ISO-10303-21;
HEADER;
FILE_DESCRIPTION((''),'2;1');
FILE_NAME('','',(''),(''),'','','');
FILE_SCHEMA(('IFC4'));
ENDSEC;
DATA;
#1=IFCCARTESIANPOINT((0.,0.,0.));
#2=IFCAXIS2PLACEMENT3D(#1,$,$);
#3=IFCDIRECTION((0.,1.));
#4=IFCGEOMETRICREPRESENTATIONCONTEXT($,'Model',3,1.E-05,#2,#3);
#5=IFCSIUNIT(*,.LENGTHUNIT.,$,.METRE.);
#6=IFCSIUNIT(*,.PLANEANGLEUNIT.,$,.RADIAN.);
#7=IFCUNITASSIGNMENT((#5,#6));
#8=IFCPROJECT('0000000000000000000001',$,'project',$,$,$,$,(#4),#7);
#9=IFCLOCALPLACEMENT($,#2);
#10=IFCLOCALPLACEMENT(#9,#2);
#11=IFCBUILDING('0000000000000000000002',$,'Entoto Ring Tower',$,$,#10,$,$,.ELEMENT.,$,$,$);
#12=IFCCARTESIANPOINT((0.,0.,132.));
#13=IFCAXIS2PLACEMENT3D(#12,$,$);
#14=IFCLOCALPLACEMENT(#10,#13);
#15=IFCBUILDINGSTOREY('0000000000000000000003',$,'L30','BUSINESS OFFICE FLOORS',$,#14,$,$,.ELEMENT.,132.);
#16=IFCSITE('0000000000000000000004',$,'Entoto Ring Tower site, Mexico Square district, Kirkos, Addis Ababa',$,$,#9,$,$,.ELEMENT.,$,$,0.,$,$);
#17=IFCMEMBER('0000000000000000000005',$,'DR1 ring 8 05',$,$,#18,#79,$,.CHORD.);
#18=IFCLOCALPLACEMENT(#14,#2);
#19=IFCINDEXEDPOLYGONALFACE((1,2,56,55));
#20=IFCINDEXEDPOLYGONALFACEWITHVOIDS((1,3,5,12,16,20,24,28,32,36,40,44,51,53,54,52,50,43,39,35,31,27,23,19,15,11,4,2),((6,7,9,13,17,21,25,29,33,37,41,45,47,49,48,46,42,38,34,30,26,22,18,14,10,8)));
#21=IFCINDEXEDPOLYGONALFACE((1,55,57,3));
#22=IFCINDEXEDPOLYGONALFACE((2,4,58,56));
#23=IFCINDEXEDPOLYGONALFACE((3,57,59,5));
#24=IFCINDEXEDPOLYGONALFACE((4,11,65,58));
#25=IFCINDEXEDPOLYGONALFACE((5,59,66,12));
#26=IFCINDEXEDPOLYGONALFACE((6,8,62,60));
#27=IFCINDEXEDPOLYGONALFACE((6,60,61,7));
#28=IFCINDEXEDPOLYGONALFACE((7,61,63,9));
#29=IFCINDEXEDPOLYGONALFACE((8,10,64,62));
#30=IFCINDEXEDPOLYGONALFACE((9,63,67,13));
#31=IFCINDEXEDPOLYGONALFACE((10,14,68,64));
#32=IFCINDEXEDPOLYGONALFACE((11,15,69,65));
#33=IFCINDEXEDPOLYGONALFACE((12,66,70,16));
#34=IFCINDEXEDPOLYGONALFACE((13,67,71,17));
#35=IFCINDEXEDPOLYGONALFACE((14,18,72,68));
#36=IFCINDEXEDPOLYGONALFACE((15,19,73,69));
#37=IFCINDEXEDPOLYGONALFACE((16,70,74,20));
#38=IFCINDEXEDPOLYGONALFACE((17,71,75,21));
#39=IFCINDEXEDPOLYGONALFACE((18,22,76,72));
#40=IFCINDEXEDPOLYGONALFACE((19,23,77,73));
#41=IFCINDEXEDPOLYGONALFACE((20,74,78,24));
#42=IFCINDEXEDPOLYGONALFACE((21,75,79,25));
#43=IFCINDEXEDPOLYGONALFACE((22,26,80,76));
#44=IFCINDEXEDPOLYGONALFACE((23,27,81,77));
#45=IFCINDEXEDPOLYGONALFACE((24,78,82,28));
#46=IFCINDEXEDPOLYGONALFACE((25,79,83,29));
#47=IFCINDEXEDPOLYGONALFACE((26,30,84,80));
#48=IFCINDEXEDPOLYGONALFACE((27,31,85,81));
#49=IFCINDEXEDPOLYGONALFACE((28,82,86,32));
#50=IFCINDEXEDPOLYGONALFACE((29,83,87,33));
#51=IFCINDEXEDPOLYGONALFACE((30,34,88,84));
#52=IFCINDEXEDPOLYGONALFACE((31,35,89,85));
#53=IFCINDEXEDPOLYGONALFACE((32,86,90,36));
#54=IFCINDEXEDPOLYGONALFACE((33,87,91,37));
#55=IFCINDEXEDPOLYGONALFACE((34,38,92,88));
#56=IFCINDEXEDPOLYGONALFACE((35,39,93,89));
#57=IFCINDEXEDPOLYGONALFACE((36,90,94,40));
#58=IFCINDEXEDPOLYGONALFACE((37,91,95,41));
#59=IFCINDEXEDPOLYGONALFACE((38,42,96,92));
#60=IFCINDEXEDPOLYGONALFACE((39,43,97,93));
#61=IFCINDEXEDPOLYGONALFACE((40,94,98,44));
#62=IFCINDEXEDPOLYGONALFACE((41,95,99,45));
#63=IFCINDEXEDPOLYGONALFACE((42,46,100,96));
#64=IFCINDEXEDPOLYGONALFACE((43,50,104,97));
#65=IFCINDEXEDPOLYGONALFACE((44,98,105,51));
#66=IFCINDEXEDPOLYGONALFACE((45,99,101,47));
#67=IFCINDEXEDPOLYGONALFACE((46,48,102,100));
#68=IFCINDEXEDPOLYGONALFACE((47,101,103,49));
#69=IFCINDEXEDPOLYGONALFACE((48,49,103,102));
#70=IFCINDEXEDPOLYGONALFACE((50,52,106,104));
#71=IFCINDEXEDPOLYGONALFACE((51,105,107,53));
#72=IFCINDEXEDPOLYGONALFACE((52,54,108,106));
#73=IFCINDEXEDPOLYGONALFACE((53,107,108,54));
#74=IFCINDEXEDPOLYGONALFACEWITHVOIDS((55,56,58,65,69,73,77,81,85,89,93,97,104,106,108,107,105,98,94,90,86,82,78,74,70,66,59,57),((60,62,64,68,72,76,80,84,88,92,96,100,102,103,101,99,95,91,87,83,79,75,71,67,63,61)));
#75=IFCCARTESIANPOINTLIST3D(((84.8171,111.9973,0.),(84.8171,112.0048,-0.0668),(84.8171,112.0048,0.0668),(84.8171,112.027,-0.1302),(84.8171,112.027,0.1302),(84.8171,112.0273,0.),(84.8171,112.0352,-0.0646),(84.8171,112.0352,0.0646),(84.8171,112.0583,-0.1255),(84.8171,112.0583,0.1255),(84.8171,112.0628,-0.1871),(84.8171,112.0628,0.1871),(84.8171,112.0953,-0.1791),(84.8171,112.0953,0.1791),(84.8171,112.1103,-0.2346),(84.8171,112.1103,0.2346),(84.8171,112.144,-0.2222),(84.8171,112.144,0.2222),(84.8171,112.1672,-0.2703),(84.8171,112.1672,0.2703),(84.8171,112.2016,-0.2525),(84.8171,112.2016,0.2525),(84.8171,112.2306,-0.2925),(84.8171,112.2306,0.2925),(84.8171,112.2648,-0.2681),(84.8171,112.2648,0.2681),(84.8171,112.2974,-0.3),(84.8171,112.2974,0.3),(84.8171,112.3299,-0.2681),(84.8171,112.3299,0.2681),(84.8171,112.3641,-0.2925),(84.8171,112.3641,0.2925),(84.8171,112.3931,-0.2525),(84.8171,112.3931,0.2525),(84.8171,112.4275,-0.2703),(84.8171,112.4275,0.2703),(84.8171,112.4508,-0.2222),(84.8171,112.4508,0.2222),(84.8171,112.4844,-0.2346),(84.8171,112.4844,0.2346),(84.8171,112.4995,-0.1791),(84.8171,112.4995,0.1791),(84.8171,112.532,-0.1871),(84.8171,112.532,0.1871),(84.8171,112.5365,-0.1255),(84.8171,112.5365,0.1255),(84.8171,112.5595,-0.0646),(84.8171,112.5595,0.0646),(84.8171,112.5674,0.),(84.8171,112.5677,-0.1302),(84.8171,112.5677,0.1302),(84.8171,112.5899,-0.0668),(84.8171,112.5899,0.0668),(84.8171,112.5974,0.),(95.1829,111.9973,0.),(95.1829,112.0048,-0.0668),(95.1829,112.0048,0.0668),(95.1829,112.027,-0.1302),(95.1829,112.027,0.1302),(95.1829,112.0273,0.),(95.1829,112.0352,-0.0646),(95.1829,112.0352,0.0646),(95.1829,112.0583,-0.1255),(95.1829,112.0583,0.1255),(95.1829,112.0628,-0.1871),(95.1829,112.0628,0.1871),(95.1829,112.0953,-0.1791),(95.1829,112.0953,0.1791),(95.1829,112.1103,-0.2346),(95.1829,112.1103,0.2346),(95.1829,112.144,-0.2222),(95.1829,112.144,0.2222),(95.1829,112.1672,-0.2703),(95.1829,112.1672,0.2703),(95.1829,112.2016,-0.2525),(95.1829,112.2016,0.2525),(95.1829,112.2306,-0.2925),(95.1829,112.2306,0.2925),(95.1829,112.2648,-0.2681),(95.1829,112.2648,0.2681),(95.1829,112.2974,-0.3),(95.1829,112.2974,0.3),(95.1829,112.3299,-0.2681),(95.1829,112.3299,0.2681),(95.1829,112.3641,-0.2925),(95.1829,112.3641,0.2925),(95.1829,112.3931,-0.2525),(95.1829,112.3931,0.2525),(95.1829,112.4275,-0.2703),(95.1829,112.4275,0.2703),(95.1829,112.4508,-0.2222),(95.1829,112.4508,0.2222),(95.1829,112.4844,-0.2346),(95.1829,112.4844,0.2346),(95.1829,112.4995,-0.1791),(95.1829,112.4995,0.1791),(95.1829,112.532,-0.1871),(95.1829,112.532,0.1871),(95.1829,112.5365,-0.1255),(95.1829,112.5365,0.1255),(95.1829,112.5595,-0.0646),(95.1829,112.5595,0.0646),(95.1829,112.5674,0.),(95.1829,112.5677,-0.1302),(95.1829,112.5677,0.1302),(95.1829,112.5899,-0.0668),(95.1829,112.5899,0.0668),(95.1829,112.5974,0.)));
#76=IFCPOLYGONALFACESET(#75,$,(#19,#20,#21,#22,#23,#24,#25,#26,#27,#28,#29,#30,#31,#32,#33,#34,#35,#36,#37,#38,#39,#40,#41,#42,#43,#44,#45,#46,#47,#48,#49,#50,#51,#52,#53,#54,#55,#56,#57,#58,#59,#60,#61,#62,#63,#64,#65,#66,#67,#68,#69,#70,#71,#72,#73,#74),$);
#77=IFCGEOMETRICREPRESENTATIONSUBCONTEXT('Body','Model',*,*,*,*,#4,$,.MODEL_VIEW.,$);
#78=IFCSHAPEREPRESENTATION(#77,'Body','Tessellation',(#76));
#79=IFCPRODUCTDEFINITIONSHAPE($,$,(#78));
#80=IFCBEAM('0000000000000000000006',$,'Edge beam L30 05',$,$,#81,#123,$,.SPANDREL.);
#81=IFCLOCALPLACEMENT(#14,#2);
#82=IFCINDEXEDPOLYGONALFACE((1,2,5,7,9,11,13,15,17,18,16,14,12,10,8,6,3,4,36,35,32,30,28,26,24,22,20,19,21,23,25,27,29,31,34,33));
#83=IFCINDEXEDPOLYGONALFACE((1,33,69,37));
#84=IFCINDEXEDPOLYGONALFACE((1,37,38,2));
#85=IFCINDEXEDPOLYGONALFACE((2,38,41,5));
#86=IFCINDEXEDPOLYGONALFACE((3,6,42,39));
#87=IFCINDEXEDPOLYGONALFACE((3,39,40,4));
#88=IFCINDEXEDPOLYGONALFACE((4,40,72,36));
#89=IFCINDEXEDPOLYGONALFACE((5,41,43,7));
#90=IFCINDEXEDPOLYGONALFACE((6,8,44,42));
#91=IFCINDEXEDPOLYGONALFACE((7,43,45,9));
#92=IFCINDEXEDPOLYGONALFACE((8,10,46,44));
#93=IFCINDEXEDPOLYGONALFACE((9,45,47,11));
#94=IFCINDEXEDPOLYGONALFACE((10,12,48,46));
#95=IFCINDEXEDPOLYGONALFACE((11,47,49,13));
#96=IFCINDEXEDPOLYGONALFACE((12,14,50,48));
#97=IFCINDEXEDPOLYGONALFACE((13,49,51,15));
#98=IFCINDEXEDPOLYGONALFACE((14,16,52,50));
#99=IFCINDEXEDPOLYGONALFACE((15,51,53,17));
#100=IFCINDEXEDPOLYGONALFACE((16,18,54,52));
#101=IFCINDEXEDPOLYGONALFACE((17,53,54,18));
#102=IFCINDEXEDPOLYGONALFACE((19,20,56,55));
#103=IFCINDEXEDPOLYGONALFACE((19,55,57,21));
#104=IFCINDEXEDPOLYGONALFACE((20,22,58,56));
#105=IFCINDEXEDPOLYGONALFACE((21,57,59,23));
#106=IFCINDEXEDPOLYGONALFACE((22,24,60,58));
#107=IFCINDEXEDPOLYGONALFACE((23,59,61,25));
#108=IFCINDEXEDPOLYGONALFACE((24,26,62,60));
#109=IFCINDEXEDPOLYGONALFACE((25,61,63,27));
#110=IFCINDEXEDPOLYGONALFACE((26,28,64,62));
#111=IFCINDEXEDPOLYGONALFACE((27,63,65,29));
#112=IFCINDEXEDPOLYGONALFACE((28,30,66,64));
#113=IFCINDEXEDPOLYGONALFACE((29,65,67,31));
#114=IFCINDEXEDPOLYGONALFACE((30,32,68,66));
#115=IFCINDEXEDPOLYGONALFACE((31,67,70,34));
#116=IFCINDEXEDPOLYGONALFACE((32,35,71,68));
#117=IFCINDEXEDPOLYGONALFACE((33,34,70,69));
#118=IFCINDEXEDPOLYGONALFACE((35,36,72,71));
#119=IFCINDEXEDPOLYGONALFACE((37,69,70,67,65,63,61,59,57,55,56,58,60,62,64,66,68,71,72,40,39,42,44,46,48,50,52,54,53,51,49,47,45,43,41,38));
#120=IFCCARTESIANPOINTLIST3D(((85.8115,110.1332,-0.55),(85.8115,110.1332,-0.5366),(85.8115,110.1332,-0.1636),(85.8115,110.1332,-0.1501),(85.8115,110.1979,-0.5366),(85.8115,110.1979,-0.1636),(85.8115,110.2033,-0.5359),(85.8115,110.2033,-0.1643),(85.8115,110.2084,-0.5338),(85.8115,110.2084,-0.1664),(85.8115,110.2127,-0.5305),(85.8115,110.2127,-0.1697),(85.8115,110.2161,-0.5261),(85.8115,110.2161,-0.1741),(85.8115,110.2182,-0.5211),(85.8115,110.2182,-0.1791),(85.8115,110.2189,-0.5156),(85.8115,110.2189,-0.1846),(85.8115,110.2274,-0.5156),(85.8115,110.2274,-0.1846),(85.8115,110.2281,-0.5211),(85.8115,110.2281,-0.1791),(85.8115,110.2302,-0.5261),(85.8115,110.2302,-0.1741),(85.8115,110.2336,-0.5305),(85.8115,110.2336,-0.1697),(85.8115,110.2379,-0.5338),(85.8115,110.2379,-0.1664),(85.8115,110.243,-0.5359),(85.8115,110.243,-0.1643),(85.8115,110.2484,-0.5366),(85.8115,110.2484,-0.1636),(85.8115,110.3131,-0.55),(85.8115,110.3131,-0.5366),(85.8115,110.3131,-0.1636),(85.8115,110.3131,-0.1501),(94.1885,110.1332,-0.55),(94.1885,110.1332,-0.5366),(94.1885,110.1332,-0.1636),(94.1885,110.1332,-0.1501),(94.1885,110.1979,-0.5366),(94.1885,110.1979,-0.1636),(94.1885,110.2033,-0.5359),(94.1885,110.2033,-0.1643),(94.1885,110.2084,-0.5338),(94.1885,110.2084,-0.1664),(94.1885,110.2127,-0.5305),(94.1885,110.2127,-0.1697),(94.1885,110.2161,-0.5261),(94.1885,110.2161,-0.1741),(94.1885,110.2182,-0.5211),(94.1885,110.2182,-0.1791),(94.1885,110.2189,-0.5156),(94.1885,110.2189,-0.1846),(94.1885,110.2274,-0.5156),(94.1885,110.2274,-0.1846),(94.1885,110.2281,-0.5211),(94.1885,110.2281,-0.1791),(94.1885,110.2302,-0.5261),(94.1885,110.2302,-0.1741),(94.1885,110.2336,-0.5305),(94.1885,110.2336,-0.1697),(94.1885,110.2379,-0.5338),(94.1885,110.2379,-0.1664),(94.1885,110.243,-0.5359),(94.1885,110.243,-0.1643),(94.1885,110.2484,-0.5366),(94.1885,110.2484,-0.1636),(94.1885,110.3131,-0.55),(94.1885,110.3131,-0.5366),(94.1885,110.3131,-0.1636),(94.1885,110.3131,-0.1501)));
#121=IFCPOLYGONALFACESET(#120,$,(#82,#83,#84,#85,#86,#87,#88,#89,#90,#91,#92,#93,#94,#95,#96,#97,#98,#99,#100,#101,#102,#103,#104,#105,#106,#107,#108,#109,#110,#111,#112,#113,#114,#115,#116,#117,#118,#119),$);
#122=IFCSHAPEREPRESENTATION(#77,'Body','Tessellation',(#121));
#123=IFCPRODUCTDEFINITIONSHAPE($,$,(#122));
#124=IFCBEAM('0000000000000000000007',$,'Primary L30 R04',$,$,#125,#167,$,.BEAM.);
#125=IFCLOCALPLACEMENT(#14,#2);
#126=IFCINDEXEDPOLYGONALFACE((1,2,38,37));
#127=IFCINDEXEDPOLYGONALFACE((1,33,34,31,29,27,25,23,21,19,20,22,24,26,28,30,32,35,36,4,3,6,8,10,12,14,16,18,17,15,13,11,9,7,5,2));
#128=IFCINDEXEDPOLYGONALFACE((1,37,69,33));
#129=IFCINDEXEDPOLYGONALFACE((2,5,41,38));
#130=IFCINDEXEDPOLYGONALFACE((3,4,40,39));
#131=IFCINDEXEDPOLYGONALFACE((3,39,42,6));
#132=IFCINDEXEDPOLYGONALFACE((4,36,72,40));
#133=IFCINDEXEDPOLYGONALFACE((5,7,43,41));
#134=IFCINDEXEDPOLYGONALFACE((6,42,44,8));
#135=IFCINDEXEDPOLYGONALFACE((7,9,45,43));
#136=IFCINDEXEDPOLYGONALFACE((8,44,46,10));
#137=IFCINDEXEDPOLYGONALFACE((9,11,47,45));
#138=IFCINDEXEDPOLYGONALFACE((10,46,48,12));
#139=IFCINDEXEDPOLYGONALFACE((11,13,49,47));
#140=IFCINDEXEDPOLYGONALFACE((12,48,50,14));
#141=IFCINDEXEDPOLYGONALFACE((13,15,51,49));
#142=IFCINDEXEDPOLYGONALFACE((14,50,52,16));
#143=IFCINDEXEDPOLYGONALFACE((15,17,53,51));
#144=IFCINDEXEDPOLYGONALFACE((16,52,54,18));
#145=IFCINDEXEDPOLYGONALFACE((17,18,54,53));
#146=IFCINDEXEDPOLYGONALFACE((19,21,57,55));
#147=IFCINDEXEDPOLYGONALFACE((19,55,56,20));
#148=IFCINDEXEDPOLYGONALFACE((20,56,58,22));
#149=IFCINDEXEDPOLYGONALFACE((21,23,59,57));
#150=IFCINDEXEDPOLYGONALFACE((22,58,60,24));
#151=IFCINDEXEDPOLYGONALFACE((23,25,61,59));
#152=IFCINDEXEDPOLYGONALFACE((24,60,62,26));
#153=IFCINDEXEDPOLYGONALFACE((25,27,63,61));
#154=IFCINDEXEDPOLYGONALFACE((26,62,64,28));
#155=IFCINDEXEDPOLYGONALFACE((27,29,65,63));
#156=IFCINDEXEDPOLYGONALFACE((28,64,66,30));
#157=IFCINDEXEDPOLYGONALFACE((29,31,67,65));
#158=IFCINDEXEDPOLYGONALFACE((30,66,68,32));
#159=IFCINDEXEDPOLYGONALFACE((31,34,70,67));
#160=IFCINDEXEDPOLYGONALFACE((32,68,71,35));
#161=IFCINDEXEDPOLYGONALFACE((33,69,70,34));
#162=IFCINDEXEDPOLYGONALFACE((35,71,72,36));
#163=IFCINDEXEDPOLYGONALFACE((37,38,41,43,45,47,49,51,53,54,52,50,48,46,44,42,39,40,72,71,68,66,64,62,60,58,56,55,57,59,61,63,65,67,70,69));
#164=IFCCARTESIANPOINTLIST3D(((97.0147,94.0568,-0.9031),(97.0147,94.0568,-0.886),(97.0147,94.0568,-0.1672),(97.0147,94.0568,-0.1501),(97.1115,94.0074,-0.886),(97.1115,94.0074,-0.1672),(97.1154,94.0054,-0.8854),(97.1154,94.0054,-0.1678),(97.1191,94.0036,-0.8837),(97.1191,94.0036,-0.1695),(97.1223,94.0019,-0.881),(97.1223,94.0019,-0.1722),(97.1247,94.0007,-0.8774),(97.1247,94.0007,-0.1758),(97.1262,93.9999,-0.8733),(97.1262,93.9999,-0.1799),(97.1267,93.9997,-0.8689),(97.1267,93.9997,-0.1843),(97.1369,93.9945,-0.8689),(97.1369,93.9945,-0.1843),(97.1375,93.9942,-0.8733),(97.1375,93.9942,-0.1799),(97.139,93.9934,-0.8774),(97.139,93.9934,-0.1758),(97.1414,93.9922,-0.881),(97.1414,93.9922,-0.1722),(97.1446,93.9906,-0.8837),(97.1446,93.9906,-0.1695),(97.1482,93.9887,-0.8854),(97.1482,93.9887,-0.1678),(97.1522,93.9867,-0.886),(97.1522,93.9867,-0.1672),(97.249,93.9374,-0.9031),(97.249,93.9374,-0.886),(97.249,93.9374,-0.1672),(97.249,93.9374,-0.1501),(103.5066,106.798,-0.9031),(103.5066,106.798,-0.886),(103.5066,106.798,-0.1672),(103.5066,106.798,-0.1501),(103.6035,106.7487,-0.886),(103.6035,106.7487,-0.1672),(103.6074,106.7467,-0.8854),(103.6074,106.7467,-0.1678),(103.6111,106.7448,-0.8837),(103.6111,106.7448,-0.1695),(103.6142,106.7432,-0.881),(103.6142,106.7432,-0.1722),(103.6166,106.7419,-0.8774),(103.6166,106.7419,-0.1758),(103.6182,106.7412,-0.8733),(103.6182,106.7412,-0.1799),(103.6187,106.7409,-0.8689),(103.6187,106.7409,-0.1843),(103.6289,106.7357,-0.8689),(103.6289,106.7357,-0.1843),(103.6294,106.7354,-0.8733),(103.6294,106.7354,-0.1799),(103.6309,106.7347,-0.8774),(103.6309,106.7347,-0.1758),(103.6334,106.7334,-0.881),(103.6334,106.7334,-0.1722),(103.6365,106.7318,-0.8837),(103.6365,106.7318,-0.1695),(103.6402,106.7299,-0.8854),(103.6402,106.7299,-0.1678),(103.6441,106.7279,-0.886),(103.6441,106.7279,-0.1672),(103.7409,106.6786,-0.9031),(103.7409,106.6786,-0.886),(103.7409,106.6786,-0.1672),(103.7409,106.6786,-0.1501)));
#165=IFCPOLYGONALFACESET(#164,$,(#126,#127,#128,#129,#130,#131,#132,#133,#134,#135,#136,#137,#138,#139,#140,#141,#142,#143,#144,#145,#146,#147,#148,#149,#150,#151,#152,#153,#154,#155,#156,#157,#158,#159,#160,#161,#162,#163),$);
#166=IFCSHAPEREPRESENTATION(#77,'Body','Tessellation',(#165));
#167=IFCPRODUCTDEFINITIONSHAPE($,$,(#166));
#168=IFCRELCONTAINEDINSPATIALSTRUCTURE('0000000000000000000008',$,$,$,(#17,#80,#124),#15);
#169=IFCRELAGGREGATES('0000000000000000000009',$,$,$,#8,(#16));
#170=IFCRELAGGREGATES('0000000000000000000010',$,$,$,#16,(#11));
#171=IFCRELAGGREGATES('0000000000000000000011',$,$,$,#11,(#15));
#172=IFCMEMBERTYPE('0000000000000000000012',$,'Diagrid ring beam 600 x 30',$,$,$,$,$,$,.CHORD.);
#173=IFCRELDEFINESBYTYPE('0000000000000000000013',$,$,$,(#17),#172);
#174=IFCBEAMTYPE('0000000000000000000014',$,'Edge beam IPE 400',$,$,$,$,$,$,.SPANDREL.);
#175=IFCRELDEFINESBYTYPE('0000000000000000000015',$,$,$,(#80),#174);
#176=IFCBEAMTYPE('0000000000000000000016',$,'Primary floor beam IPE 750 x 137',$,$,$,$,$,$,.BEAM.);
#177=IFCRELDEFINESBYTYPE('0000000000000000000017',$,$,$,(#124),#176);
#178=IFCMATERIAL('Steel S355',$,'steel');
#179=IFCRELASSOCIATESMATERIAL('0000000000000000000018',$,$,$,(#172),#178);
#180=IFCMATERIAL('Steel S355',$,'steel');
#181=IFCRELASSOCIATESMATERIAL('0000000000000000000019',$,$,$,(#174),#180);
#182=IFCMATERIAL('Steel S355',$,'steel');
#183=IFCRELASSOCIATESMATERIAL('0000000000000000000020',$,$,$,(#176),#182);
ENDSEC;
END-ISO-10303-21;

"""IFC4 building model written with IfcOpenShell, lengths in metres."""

from ifc_helpers import new_model, si_unit, direction, frame, origin, origin_2d, place, context, subcontext, project, spatial, circle, hollow_circle, i_section, extrude, material, material_profile, profile_set, type_object, element, save


model = new_model("IFC4")

# Units and contexts
model_context = context("Model", 3, precision=1e-05, world=origin(), true_north=direction((0.0, 1.0)))
body_context = subcontext(model_context, "Body", "Model", "MODEL_VIEW")
ifc_project = project(units=[si_unit("LENGTHUNIT", "METRE"), si_unit("PLANEANGLEUNIT", "RADIAN")], contexts=[model_context])

# Site, building, storey
site_placement = place(None, origin())
site = spatial("IfcSite", under=ifc_project, at=site_placement, Name="Entoto Ring Tower site, Mexico Square district, Kirkos, Addis Ababa", CompositionType="ELEMENT", RefElevation=0.0)
building_placement = place(site_placement, origin())
building = spatial("IfcBuilding", under=site, at=building_placement, Name="Entoto Ring Tower", CompositionType="ELEMENT")
storey_placement = place(building_placement, frame((0.0, 0.0, 132.0)))
storey = spatial("IfcBuildingStorey", under=building, at=storey_placement, Name="L30", Description="BUSINESS OFFICE FLOORS", CompositionType="ELEMENT", Elevation=132.0)

# Member
ifc_material_1 = material(Name="Steel S355", Category="steel")
ifc_material_profile_1 = material_profile(ifc_material_1, hollow_circle(Radius=0.3, WallThickness=0.03, at=origin_2d()), Name="CHS 600 x 30")
ifc_material_2 = material(Name="Concrete C60/75", Category="concrete")
ifc_material_profile_2 = material_profile(ifc_material_2, circle(Radius=0.27, at=origin_2d()), Name="Concrete C60/75 infill")
ifc_profile_set_1 = profile_set([ifc_material_profile_1, ifc_material_profile_2], Name="Steel S355")
member_type_1 = type_object("IfcMemberType", Name="Diagrid ring beam 600 x 30", PredefinedType="CHORD", material=ifc_profile_set_1)
member_1_placement = place(storey_placement, frame((95.1829, 112.2974, 0.0), z_axis=(-1.0, 0.0, 0.0), x_axis=(0.0, -1.0, 0.0)))
element("IfcMember", 1, at=member_1_placement, inside=storey, type_object=member_type_1, Name="DR1 ring 8 05", PredefinedType="CHORD", context=body_context, shape_type="SweptSolid", body=[
    extrude(hollow_circle(Radius=0.3, WallThickness=0.03, at=origin_2d()), origin(), (0.0, 0.0, 1.0), 10.3657),
])

# Beams
ifc_material_3 = material(Name="Steel S355", Category="steel")
ifc_material_profile_3 = material_profile(ifc_material_3, i_section(OverallWidth=0.1799, OverallDepth=0.3999, WebThickness=0.0085, FlangeThickness=0.0134, FilletRadius=0.021, at=origin_2d()), Name="IPE 400")
ifc_profile_set_2 = profile_set([ifc_material_profile_3], Name="Steel S355")
beam_type_1 = type_object("IfcBeamType", Name="Edge beam IPE 400", PredefinedType="SPANDREL", material=ifc_profile_set_2)
beam_1_placement = place(storey_placement, frame((94.1885, 110.2231, -0.3501), z_axis=(-1.0, 0.0, 0.0), x_axis=(0.0, -1.0, 0.0)))
element("IfcBeam", 2, at=beam_1_placement, inside=storey, type_object=beam_type_1, Name="Edge beam L30 05", PredefinedType="SPANDREL", context=body_context, shape_type="SweptSolid", body=[
    extrude(i_section(OverallWidth=0.1799, OverallDepth=0.3999, WebThickness=0.0085, FlangeThickness=0.0134, FilletRadius=0.021, at=origin_2d()), origin(), (0.0, 0.0, 1.0), 8.377),
])
ifc_material_4 = material(Name="Steel S355", Category="steel")
ifc_material_profile_4 = material_profile(ifc_material_4, i_section(OverallWidth=0.2629, OverallDepth=0.7529, WebThickness=0.0115, FlangeThickness=0.0171, FilletRadius=0.0171, at=origin_2d()), Name="IPE 750 x 137")
ifc_profile_set_3 = profile_set([ifc_material_profile_4], Name="Steel S355")
beam_type_2 = type_object("IfcBeamType", Name="Primary floor beam IPE 750 x 137", PredefinedType="BEAM", material=ifc_profile_set_3)
beam_2_placement = place(storey_placement, frame((97.1318, 93.9971, -0.5266), z_axis=(0.453989, 0.891007, 0.0), x_axis=(-0.891007, 0.453989, 0.0)))
element("IfcBeam", 3, at=beam_2_placement, inside=storey, type_object=beam_type_2, Name="Primary L30 R04", PredefinedType="BEAM", context=body_context, shape_type="SweptSolid", body=[
    extrude(i_section(OverallWidth=0.2629, OverallDepth=0.7529, WebThickness=0.0115, FlangeThickness=0.0171, FilletRadius=0.0171, at=origin_2d()), origin(), (0.0, 0.0, 1.0), 14.2998),
])

save(model, "model.ifc")
